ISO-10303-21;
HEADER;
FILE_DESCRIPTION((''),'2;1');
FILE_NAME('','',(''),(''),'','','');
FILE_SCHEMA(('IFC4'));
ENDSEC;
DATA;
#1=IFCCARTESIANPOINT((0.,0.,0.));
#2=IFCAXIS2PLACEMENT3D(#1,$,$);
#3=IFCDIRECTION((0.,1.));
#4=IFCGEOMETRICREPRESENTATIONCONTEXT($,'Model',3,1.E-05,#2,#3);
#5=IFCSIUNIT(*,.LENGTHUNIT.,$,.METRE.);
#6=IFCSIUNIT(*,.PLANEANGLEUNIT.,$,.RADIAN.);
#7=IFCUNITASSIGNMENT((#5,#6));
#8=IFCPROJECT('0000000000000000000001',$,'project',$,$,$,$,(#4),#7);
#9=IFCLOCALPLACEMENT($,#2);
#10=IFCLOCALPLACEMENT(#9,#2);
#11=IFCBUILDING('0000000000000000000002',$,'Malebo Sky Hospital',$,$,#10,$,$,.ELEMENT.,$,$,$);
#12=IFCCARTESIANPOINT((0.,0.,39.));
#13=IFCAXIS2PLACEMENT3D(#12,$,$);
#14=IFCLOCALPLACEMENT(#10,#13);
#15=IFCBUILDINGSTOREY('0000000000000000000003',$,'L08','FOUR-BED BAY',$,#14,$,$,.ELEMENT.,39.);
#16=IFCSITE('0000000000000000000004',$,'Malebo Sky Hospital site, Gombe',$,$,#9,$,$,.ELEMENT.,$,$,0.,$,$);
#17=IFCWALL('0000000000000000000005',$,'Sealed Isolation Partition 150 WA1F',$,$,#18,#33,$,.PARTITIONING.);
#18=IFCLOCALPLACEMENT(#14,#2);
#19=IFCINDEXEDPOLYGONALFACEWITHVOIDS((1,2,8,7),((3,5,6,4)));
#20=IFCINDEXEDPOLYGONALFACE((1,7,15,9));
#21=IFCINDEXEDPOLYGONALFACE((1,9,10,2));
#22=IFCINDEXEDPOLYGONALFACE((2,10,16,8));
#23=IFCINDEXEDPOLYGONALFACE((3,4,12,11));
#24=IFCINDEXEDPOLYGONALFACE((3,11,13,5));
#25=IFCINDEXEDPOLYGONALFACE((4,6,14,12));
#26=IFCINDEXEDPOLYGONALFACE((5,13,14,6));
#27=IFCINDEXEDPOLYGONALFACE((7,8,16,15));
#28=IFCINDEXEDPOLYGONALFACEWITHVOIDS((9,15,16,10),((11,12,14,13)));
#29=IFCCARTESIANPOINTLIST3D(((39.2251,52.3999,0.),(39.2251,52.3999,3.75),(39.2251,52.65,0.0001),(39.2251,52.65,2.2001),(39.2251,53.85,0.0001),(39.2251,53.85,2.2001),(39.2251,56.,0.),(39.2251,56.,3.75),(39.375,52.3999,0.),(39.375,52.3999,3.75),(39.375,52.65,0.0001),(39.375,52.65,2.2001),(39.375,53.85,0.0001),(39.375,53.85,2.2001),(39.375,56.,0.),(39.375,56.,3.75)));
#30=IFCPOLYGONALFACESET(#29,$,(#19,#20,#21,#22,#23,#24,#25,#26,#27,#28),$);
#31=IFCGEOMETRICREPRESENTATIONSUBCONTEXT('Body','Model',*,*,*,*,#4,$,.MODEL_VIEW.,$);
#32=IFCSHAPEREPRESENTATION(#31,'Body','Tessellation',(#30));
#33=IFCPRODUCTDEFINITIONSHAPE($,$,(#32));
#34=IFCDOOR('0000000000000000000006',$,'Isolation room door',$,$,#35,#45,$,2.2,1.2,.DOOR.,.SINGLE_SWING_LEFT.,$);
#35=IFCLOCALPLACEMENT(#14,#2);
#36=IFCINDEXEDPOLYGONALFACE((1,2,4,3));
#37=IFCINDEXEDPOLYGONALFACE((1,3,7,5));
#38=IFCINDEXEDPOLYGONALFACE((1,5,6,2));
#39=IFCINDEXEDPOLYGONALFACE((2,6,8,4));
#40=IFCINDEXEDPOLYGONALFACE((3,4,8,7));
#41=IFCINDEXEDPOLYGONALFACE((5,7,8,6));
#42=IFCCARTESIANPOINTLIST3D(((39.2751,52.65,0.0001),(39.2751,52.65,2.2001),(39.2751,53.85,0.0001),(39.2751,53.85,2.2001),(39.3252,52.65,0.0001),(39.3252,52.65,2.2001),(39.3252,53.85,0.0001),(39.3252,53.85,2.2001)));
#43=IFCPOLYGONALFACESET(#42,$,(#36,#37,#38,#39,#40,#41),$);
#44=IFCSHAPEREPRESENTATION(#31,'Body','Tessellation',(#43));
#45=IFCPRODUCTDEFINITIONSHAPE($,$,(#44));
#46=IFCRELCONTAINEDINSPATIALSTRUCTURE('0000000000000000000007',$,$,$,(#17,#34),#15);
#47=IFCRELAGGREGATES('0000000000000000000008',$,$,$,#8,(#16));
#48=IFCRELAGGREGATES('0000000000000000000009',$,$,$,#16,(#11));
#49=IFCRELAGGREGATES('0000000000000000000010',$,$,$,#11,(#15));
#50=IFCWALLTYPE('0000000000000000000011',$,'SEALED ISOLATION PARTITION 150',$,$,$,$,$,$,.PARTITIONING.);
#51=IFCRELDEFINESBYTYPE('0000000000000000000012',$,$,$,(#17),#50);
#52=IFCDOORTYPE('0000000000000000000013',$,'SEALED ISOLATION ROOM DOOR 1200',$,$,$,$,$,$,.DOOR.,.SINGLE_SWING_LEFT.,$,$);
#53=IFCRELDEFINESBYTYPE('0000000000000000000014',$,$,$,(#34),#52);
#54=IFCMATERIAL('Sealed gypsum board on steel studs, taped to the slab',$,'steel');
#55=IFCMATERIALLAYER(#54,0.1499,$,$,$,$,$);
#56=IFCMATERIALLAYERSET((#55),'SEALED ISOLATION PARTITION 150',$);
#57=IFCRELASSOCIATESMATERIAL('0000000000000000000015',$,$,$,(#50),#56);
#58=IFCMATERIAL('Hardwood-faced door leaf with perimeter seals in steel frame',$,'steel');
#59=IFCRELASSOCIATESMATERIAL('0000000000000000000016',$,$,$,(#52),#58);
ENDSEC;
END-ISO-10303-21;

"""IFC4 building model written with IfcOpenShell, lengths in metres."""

from ifc_helpers import new_model, si_unit, direction, frame, frame_2d, origin, place, context, subcontext, project, spatial, rectangle, extrude, material, layer, layer_set, type_object, element, fill, save


model = new_model("IFC4")

# Units and contexts
model_context = context("Model", 3, precision=1e-05, world=origin(), true_north=direction((0.0, 1.0)))
body_context = subcontext(model_context, "Body", "Model", "MODEL_VIEW")
ifc_project = project(units=[si_unit("LENGTHUNIT", "METRE"), si_unit("PLANEANGLEUNIT", "RADIAN")], contexts=[model_context])

# Site, building, storey
site_placement = place(None, origin())
site = spatial("IfcSite", under=ifc_project, at=site_placement, Name="Malebo Sky Hospital site, Gombe", CompositionType="ELEMENT", RefElevation=0.0)
building_placement = place(site_placement, origin())
building = spatial("IfcBuilding", under=site, at=building_placement, Name="Malebo Sky Hospital", CompositionType="ELEMENT")
storey_placement = place(building_placement, frame((0.0, 0.0, 39.0)))
storey = spatial("IfcBuildingStorey", under=building, at=storey_placement, Name="L08", Description="FOUR-BED BAY", CompositionType="ELEMENT", Elevation=39.0)

# Wall, opening, door
ifc_material_1 = material(Name="Sealed gypsum board on steel studs, taped to the slab", Category="steel")
ifc_layer_1 = layer(ifc_material_1, 0.1499)
ifc_layer_set_1 = layer_set([ifc_layer_1], Name="SEALED ISOLATION PARTITION 150")
wall_type_1 = type_object("IfcWallType", Name="SEALED ISOLATION PARTITION 150", PredefinedType="PARTITIONING", material=ifc_layer_set_1)
wall_1_placement = place(storey_placement, frame((39.3, 52.3999, 0.0), z_axis=(0.0, 0.0, 1.0), x_axis=(0.0, 1.0, 0.0)))
wall_1 = element("IfcWall", 1, at=wall_1_placement, inside=storey, type_object=wall_type_1, Name="Sealed Isolation Partition 150 WA1F", PredefinedType="PARTITIONING", context=body_context, shape_type="SweptSolid", body=[
    extrude(rectangle(XDim=3.6001, YDim=0.1499, at=frame_2d((1.8, 0.0))), origin(), (0.0, 0.0, 1.0), 3.75),
])
opening_1_placement = place(wall_1_placement, frame((0.25, 0.0, 0.0)))
opening_1 = element("IfcOpeningElement", 2, at=opening_1_placement, cuts=wall_1, PredefinedType="OPENING", context=body_context, shape_type="SweptSolid", body=[
    extrude(rectangle(XDim=1.2, YDim=2.2, at=frame_2d((0.6001, 1.1001))), frame((0.0, 0.085, 0.0), z_axis=(0.0, -1.0, 0.0), x_axis=(1.0, 0.0, 0.0)), (0.0, 0.0, 1.0), 0.1699),
])
ifc_material_2 = material(Name="Hardwood-faced door leaf with perimeter seals in steel frame", Category="steel")
door_type_1 = type_object("IfcDoorType", Name="SEALED ISOLATION ROOM DOOR 1200", OperationType="SINGLE_SWING_LEFT", PredefinedType="DOOR", material=ifc_material_2)
door_1_placement = place(opening_1_placement, origin())
door_1 = element("IfcDoor", 3, at=door_1_placement, inside=storey, type_object=door_type_1, Name="Isolation room door", OperationType="SINGLE_SWING_LEFT", OverallHeight=2.2, OverallWidth=1.2, PredefinedType="DOOR", context=body_context, shape_type="SweptSolid", body=[
    extrude(rectangle(XDim=1.2, YDim=2.2, at=frame_2d((0.6001, 1.1001))), frame((0.0, 0.0249, 0.0), z_axis=(0.0, -1.0, 0.0), x_axis=(1.0, 0.0, 0.0)), (0.0, 0.0, 1.0), 0.05),
])
fill(opening_1, door_1)

save(model, "model.ifc")
